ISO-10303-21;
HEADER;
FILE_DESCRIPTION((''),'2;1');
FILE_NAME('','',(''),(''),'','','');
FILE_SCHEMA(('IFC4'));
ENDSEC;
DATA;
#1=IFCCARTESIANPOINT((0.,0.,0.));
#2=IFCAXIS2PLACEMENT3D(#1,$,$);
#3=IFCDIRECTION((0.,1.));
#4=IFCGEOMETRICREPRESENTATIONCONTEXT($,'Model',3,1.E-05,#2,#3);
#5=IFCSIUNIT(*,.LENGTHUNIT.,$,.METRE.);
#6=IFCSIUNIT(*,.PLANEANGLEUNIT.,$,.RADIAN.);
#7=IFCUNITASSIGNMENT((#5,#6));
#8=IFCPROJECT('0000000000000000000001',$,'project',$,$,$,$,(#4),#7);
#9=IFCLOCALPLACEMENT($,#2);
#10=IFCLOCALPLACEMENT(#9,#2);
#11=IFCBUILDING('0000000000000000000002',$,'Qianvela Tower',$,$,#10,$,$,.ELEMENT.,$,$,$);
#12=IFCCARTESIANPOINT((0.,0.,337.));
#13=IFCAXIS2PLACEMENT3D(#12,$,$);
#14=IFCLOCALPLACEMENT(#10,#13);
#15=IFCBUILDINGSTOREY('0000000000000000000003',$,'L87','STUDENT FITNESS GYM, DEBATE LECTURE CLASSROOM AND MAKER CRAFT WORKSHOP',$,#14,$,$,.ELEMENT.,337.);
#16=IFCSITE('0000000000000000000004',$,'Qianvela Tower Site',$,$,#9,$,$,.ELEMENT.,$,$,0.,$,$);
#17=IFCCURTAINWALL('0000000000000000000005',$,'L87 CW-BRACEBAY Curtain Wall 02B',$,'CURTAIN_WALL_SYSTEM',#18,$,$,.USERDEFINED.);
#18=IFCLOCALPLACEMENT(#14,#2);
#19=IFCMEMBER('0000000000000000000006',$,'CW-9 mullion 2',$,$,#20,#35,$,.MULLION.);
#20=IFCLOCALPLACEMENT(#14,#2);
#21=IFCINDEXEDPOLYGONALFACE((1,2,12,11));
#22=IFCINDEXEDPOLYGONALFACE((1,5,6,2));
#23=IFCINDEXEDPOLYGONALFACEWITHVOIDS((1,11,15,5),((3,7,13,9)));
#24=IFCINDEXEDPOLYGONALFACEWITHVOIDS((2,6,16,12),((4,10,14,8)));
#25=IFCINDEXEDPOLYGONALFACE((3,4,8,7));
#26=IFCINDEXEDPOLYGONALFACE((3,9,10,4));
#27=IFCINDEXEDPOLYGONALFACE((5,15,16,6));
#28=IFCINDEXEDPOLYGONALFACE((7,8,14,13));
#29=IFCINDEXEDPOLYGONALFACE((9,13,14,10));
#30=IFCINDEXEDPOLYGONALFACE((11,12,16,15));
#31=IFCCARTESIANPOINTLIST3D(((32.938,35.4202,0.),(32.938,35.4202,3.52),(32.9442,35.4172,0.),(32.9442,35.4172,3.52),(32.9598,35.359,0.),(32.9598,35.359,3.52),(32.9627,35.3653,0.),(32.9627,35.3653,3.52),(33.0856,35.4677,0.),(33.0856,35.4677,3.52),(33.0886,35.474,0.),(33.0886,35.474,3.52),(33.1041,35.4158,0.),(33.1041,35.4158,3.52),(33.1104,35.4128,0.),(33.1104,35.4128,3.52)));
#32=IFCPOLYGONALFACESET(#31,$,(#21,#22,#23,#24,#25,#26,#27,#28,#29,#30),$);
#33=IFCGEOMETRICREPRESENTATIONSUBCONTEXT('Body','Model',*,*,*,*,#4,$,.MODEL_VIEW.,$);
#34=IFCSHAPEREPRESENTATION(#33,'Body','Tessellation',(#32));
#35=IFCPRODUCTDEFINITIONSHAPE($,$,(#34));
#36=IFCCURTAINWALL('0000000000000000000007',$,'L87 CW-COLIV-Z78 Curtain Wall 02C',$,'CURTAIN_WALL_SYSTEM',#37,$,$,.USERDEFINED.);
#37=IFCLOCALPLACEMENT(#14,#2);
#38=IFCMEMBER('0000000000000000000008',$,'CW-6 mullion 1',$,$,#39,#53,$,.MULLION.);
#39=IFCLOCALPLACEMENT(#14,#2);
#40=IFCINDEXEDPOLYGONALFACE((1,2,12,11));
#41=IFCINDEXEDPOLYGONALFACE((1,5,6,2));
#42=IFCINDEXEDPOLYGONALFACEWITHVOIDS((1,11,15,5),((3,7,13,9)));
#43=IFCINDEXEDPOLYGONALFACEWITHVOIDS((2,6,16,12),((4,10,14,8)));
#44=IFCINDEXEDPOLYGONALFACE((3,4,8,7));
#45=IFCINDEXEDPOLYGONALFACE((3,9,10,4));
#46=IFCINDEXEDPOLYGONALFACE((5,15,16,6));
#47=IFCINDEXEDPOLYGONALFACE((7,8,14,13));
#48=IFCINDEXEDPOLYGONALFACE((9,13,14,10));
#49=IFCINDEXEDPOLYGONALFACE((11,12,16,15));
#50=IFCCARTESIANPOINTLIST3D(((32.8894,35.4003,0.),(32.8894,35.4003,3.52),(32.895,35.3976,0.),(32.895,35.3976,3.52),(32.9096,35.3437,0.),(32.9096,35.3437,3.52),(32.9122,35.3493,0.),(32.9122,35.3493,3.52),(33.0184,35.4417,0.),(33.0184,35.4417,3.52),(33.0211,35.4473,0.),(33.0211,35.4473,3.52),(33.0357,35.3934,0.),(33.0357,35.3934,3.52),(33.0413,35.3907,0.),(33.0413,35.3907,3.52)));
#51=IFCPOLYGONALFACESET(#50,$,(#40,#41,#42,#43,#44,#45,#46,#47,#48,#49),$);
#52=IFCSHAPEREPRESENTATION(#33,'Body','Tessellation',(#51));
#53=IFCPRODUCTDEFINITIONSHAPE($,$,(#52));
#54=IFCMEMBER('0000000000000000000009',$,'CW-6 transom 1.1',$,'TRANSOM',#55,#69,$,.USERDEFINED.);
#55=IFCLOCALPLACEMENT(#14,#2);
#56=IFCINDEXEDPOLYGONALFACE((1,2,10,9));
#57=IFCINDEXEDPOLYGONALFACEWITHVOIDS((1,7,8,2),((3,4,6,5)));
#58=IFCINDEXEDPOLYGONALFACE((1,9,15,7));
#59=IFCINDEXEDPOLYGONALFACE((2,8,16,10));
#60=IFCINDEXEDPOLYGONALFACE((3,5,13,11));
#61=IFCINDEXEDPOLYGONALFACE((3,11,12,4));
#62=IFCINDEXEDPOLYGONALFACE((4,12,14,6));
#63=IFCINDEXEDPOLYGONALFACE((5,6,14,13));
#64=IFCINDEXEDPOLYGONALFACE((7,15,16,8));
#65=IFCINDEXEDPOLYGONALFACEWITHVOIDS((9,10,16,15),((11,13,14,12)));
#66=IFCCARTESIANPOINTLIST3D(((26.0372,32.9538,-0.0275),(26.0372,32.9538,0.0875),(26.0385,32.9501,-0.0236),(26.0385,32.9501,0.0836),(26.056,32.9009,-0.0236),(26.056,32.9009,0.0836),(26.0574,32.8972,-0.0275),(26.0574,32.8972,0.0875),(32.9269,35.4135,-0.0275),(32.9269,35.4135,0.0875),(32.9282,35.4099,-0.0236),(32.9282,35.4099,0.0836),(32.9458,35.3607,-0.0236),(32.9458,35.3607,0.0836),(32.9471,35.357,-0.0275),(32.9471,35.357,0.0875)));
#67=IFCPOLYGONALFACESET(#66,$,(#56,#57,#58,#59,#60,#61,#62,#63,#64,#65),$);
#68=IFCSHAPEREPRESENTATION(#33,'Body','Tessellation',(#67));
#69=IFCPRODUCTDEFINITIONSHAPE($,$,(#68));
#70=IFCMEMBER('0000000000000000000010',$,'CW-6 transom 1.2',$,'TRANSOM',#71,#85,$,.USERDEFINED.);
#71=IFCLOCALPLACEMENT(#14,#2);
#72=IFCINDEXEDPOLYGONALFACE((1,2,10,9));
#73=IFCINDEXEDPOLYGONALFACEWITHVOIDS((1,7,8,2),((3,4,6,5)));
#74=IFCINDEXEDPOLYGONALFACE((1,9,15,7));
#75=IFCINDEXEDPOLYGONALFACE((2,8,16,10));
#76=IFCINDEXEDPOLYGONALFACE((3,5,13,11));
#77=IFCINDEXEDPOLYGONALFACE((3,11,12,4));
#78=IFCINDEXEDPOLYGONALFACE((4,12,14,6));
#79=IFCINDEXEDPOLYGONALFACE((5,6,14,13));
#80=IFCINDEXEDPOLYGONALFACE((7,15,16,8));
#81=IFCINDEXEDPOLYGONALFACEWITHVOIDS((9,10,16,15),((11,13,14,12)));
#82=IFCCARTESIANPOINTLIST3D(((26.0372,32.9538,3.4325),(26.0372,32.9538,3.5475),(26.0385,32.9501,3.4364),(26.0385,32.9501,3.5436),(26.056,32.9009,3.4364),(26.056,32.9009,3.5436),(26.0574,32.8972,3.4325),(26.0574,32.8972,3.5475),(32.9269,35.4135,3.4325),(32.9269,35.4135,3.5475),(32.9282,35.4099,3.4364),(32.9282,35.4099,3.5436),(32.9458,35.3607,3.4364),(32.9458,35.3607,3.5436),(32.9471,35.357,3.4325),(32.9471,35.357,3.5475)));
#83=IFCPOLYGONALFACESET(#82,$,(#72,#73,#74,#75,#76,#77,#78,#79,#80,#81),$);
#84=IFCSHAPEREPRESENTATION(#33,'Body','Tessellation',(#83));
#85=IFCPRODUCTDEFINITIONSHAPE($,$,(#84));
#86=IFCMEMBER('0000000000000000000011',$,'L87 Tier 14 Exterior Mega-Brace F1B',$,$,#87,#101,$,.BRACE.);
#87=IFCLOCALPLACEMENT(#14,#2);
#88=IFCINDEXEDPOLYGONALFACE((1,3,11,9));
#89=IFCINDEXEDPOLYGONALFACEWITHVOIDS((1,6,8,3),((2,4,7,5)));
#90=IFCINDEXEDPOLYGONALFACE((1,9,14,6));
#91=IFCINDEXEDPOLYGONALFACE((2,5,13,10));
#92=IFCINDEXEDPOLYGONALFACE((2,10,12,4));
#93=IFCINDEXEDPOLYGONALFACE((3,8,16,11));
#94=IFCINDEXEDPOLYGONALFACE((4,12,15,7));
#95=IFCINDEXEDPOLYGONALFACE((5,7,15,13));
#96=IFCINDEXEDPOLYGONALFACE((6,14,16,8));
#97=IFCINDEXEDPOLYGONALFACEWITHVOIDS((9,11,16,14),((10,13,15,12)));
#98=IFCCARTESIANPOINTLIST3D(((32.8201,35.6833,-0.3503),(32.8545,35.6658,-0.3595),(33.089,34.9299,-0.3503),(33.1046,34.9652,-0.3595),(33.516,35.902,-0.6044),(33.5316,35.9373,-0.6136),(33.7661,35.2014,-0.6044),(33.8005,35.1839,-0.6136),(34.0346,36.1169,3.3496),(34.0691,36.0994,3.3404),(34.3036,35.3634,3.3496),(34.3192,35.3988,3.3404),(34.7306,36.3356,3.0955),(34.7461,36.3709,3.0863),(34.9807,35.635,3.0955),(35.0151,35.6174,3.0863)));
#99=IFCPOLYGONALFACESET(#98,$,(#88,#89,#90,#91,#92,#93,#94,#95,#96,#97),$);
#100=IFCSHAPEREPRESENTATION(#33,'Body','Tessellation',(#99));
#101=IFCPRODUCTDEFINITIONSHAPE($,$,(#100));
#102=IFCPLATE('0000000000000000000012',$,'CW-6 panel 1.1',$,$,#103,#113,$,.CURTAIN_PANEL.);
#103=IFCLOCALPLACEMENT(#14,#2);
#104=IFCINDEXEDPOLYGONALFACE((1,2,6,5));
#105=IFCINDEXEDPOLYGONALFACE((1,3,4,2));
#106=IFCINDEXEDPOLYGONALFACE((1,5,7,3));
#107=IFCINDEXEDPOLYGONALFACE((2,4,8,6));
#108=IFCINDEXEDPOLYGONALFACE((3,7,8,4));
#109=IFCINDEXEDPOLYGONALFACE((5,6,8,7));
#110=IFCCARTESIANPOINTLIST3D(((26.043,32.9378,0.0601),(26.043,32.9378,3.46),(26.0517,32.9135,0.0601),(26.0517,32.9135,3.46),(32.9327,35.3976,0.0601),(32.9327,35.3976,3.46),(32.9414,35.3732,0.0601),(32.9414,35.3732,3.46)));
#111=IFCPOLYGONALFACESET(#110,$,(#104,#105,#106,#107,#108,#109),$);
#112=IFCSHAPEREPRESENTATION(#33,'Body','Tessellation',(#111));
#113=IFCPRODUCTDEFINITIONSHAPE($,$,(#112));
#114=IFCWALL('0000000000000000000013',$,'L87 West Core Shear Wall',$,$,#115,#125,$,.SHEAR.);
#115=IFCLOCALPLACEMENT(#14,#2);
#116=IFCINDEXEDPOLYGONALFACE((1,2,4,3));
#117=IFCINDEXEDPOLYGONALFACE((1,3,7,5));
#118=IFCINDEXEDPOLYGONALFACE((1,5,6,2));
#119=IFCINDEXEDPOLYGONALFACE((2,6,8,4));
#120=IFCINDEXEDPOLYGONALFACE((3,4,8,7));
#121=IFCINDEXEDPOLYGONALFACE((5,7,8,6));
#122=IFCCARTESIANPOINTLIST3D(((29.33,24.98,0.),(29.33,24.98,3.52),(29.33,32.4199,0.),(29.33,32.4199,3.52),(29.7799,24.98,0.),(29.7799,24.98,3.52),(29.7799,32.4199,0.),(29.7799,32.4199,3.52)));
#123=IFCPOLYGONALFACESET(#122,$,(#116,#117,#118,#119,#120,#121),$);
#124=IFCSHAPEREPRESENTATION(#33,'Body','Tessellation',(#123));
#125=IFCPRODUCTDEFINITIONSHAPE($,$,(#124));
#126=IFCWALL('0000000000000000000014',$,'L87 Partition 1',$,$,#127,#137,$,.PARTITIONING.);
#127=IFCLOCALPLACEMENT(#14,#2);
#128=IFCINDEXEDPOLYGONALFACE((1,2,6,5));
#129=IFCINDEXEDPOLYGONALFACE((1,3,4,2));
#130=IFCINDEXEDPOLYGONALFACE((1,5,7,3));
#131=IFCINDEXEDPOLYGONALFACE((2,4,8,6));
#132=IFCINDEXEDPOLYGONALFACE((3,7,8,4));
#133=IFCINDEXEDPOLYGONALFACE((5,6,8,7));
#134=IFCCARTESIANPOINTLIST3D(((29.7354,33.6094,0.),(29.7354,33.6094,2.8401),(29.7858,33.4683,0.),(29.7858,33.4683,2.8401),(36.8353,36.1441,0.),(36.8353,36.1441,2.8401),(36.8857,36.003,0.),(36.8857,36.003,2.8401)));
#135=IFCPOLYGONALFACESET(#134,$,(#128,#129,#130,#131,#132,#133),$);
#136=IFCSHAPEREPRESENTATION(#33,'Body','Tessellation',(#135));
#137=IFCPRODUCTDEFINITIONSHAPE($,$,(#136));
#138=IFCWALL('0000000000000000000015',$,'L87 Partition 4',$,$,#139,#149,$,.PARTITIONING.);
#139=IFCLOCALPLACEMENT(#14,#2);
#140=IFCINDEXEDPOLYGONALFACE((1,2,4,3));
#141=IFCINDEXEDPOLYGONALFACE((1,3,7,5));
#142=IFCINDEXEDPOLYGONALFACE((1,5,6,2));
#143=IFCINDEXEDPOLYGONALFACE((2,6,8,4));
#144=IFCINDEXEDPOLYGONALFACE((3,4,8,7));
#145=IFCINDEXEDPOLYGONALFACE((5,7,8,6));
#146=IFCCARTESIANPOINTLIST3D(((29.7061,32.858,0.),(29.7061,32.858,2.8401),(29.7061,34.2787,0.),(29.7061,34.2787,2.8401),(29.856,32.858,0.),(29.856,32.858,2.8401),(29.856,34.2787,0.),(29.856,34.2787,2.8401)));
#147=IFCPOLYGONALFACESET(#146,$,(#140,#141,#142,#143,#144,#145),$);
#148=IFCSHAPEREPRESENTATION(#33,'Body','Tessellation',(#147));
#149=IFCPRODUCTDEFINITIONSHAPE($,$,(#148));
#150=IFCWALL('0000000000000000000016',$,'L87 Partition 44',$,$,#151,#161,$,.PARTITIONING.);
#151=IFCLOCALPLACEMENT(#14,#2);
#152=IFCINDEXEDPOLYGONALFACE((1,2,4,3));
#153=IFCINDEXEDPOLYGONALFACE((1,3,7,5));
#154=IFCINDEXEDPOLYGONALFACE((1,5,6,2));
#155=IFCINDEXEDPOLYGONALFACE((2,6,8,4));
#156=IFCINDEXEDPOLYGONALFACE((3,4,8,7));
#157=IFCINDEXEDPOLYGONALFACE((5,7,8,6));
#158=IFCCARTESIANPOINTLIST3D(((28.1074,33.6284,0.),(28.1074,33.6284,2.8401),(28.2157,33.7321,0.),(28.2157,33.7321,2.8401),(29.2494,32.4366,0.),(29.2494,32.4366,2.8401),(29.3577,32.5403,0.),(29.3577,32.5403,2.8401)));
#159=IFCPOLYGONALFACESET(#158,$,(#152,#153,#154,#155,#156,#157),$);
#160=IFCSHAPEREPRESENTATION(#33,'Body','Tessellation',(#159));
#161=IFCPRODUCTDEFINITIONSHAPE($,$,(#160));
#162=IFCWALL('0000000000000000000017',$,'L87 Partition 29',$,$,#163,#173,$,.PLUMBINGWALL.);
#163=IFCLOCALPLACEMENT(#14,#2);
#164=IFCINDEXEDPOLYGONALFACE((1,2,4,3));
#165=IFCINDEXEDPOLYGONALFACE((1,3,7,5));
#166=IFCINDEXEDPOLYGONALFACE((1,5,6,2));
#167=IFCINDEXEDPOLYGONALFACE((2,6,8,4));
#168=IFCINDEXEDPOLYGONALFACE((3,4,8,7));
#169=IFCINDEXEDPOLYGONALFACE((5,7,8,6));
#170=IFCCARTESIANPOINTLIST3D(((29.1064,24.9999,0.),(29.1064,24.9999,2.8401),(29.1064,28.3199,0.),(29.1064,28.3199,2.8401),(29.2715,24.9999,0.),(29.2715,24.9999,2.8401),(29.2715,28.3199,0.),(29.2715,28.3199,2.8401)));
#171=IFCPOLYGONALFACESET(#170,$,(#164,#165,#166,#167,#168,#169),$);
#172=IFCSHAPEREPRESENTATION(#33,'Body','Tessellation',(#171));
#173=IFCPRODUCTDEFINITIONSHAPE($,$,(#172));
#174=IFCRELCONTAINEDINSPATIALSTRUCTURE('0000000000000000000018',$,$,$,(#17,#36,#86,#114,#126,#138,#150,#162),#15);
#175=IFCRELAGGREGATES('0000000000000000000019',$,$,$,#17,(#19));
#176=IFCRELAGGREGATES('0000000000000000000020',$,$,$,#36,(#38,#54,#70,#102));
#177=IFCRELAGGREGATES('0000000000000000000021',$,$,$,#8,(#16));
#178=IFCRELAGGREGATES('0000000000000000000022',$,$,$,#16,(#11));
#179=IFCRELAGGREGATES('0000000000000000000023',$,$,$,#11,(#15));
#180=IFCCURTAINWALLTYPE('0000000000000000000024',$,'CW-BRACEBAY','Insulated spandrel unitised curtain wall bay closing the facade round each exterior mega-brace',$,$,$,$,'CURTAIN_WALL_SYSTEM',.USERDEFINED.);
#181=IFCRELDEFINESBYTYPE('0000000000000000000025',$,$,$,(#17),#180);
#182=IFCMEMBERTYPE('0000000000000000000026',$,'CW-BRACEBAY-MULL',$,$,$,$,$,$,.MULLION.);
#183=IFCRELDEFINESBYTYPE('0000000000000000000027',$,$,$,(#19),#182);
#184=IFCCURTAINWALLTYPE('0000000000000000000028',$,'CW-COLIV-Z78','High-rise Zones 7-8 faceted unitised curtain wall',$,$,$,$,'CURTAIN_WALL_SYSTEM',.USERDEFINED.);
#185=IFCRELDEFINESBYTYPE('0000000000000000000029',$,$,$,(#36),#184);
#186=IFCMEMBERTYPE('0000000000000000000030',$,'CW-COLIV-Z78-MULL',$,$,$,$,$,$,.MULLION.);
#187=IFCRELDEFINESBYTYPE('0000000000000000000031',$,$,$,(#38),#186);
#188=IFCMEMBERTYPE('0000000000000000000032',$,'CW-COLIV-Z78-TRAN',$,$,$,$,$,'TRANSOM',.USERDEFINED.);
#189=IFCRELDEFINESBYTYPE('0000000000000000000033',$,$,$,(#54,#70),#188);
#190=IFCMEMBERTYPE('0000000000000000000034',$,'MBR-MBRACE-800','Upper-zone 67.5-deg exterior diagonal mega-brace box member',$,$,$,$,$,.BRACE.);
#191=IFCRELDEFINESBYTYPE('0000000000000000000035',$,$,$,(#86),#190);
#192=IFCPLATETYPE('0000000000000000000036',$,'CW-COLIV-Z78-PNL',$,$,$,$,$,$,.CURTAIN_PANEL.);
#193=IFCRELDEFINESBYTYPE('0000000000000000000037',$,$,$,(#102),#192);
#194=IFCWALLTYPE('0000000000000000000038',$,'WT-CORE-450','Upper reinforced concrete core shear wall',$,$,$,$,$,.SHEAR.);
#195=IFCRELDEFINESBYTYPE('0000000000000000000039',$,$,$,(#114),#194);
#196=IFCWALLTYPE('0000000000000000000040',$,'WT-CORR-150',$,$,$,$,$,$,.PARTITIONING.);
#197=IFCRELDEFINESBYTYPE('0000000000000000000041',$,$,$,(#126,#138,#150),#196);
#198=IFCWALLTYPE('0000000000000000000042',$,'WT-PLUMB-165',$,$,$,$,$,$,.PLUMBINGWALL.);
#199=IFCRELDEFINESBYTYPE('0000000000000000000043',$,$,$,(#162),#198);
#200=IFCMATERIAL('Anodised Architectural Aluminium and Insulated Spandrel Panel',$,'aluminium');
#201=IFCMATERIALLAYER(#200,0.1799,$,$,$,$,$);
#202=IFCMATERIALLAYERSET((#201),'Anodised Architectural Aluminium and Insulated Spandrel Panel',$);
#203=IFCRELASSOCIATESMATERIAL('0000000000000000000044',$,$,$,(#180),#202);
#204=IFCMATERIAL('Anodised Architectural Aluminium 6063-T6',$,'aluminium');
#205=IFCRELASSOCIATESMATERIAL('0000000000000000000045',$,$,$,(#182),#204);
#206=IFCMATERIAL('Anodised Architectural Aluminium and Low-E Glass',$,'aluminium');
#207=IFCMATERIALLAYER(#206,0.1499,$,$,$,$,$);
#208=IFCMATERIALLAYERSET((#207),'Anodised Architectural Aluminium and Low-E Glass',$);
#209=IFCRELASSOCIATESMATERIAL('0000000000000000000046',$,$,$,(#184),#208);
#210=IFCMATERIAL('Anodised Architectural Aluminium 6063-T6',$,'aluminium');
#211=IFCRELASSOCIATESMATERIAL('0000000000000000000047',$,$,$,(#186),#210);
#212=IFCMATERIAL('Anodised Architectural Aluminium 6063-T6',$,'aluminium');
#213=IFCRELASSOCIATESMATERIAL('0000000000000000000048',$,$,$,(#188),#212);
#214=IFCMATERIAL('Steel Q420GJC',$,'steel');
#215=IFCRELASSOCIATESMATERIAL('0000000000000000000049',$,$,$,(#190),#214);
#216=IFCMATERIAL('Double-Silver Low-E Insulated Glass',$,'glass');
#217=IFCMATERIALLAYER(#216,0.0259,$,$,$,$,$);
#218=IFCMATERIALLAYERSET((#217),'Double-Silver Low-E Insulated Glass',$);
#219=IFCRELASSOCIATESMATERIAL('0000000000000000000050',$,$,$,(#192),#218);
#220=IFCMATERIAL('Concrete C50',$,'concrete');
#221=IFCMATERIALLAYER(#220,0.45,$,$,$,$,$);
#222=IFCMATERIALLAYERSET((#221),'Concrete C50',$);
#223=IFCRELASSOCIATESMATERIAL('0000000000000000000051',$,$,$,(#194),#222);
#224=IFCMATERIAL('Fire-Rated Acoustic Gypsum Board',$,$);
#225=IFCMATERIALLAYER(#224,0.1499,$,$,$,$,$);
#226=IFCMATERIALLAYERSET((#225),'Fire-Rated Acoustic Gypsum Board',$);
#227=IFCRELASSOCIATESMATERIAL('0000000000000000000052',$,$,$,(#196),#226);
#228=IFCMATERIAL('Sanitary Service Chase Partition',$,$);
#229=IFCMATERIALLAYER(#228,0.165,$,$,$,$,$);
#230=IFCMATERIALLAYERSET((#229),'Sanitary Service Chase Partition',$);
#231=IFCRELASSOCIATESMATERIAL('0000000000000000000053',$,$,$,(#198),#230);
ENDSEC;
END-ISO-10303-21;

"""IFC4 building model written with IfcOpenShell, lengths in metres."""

from ifc_helpers import new_model, si_unit, direction, frame, frame_2d, origin, origin_2d, place, context, subcontext, project, spatial, rectangle, hollow_rectangle, extrude, material, layer, layer_set, material_profile, profile_set, type_object, element, aggregate, save


model = new_model("IFC4")

# Units and contexts
model_context = context("Model", 3, precision=1e-05, world=origin(), true_north=direction((0.0, 1.0)))
body_context = subcontext(model_context, "Body", "Model", "MODEL_VIEW")
ifc_project = project(units=[si_unit("LENGTHUNIT", "METRE"), si_unit("PLANEANGLEUNIT", "RADIAN")], contexts=[model_context])

# Site, building, storey
site_placement = place(None, origin())
site = spatial("IfcSite", under=ifc_project, at=site_placement, Name="Qianvela Tower Site", CompositionType="ELEMENT", RefElevation=0.0)
building_placement = place(site_placement, origin())
building = spatial("IfcBuilding", under=site, at=building_placement, Name="Qianvela Tower", CompositionType="ELEMENT")
storey_placement = place(building_placement, frame((0.0, 0.0, 337.0)))
storey = spatial("IfcBuildingStorey", under=building, at=storey_placement, Name="L87", Description="STUDENT FITNESS GYM, DEBATE LECTURE CLASSROOM AND MAKER CRAFT WORKSHOP", CompositionType="ELEMENT", Elevation=337.0)

# Curtain wall, member
ifc_material_1 = material(Name="Anodised Architectural Aluminium and Insulated Spandrel Panel", Category="aluminium")
ifc_layer_1 = layer(ifc_material_1, 0.1799)
ifc_layer_set_1 = layer_set([ifc_layer_1], Name="Anodised Architectural Aluminium and Insulated Spandrel Panel")
curtain_wall_type_1 = type_object("IfcCurtainWallType", Name="CW-BRACEBAY", Description="Insulated spandrel unitised curtain wall bay closing the facade round each exterior mega-brace", ElementType="CURTAIN_WALL_SYSTEM", PredefinedType="USERDEFINED", material=ifc_layer_set_1)
curtain_wall_1_placement = place(storey_placement, origin())
curtain_wall_1 = element("IfcCurtainWall", 1, at=curtain_wall_1_placement, inside=storey, type_object=curtain_wall_type_1, Name="L87 CW-BRACEBAY Curtain Wall 02B", ObjectType="CURTAIN_WALL_SYSTEM", PredefinedType="USERDEFINED")
ifc_material_2 = material(Name="Anodised Architectural Aluminium 6063-T6", Category="aluminium")
ifc_material_profile_1 = material_profile(ifc_material_2, hollow_rectangle(XDim=0.0649, YDim=0.1599, WallThickness=0.0049, at=origin_2d()), Name="ALU-MULL-65x160")
ifc_profile_set_1 = profile_set([ifc_material_profile_1], Name="Anodised Architectural Aluminium 6063-T6")
member_type_1 = type_object("IfcMemberType", Name="CW-BRACEBAY-MULL", PredefinedType="MULLION", material=ifc_profile_set_1)
member_1_placement = place(storey_placement, frame((33.0242, 35.4165, 0.0), z_axis=(0.0, 0.0, 1.0), x_axis=(0.336221, -0.941783, 0.0)))
member_1 = element("IfcMember", 2, at=member_1_placement, type_object=member_type_1, Name="CW-9 mullion 2", PredefinedType="MULLION", context=body_context, shape_type="SweptSolid", body=[
    extrude(hollow_rectangle(XDim=0.0649, YDim=0.1599, WallThickness=0.0049, at=origin_2d()), origin(), (0.0, 0.0, 1.0), 3.52),
])
aggregate(curtain_wall_1, [member_1])

# Curtain wall, members
ifc_material_3 = material(Name="Anodised Architectural Aluminium and Low-E Glass", Category="aluminium")
ifc_layer_2 = layer(ifc_material_3, 0.1499)
ifc_layer_set_2 = layer_set([ifc_layer_2], Name="Anodised Architectural Aluminium and Low-E Glass")
curtain_wall_type_2 = type_object("IfcCurtainWallType", Name="CW-COLIV-Z78", Description="High-rise Zones 7-8 faceted unitised curtain wall", ElementType="CURTAIN_WALL_SYSTEM", PredefinedType="USERDEFINED", material=ifc_layer_set_2)
curtain_wall_2_placement = place(storey_placement, origin())
curtain_wall_2 = element("IfcCurtainWall", 3, at=curtain_wall_2_placement, inside=storey, type_object=curtain_wall_type_2, Name="L87 CW-COLIV-Z78 Curtain Wall 02C", ObjectType="CURTAIN_WALL_SYSTEM", PredefinedType="USERDEFINED")
ifc_material_4 = material(Name="Anodised Architectural Aluminium 6063-T6", Category="aluminium")
ifc_material_profile_2 = material_profile(ifc_material_4, hollow_rectangle(XDim=0.0601, YDim=0.1399, WallThickness=0.0044, at=origin_2d()), Name="ALU-MULL-60x140")
ifc_profile_set_2 = profile_set([ifc_material_profile_2], Name="Anodised Architectural Aluminium 6063-T6")
member_type_2 = type_object("IfcMemberType", Name="CW-COLIV-Z78-MULL", PredefinedType="MULLION", material=ifc_profile_set_2)
member_2_placement = place(storey_placement, frame((32.9653, 35.3955, 0.0), z_axis=(0.0, 0.0, 1.0), x_axis=(0.336229, -0.94178, 0.0)))
member_2 = element("IfcMember", 4, at=member_2_placement, type_object=member_type_2, Name="CW-6 mullion 1", PredefinedType="MULLION", context=body_context, shape_type="SweptSolid", body=[
    extrude(hollow_rectangle(XDim=0.0601, YDim=0.1399, WallThickness=0.0044, at=origin_2d()), origin(), (0.0, 0.0, 1.0), 3.52),
])
ifc_material_5 = material(Name="Anodised Architectural Aluminium 6063-T6", Category="aluminium")
ifc_material_profile_3 = material_profile(ifc_material_5, hollow_rectangle(XDim=0.0601, YDim=0.115, WallThickness=0.0039, at=origin_2d()), Name="ALU-TRAN-60x115")
ifc_profile_set_3 = profile_set([ifc_material_profile_3], Name="Anodised Architectural Aluminium 6063-T6")
member_type_3 = type_object("IfcMemberType", Name="CW-COLIV-Z78-TRAN", ElementType="TRANSOM", PredefinedType="USERDEFINED", material=ifc_profile_set_3)
member_3_placement = place(storey_placement, frame((32.937, 35.3853, 0.03), z_axis=(-0.94178, -0.336231, 0.0), x_axis=(0.336231, -0.94178, 0.0)))
member_3 = element("IfcMember", 5, at=member_3_placement, type_object=member_type_3, Name="CW-6 transom 1.1", ObjectType="TRANSOM", PredefinedType="USERDEFINED", context=body_context, shape_type="SweptSolid", body=[
    extrude(hollow_rectangle(XDim=0.0601, YDim=0.115, WallThickness=0.0039, at=origin_2d()), origin(), (0.0, 0.0, 1.0), 7.3157),
])
member_4_placement = place(storey_placement, frame((32.937, 35.3853, 3.49), z_axis=(-0.94178, -0.336231, 0.0), x_axis=(0.336231, -0.94178, 0.0)))
member_4 = element("IfcMember", 6, at=member_4_placement, type_object=member_type_3, Name="CW-6 transom 1.2", ObjectType="TRANSOM", PredefinedType="USERDEFINED", context=body_context, shape_type="SweptSolid", body=[
    extrude(hollow_rectangle(XDim=0.0601, YDim=0.115, WallThickness=0.0039, at=origin_2d()), origin(), (0.0, 0.0, 1.0), 7.3157),
])

# Member
ifc_material_6 = material(Name="Steel Q420GJC", Category="steel")
ifc_material_profile_4 = material_profile(ifc_material_6, hollow_rectangle(XDim=0.8, YDim=0.8, WallThickness=0.0281, at=origin_2d()), Name="MBOX-800x800x28")
ifc_profile_set_4 = profile_set([ifc_material_profile_4], Name="Steel Q420GJC")
member_type_4 = type_object("IfcMemberType", Name="MBR-MBRACE-800", Description="Upper-zone 67.5-deg exterior diagonal mega-brace box member", PredefinedType="BRACE", material=ifc_profile_set_4)
member_5_placement = place(storey_placement, frame((33.3103, 35.4336, -0.4819), z_axis=(0.309983, 0.110659, 0.94428), x_axis=(-0.336204, 0.941789, 0.0)))
element("IfcMember", 7, at=member_5_placement, inside=storey, type_object=member_type_4, Name="L87 Tier 14 Exterior Mega-Brace F1B", PredefinedType="BRACE", context=body_context, shape_type="SweptSolid", body=[
    extrude(hollow_rectangle(XDim=0.8, YDim=0.8, WallThickness=0.0281, at=origin_2d()), origin(), (0.0, 0.0, 1.0), 3.9182),
])

# Plate
ifc_material_7 = material(Name="Double-Silver Low-E Insulated Glass", Category="glass")
ifc_layer_3 = layer(ifc_material_7, 0.0259)
ifc_layer_set_3 = layer_set([ifc_layer_3], Name="Double-Silver Low-E Insulated Glass")
plate_type = type_object("IfcPlateType", Name="CW-COLIV-Z78-PNL", PredefinedType="CURTAIN_PANEL", material=ifc_layer_set_3)
plate_placement = place(storey_placement, frame((29.4922, 34.1555, 0.0601), z_axis=(0.0, 0.0, 1.0), x_axis=(-0.94178, -0.336229, 0.0)))
plate = element("IfcPlate", 8, at=plate_placement, type_object=plate_type, Name="CW-6 panel 1.1", PredefinedType="CURTAIN_PANEL", context=body_context, shape_type="SweptSolid", body=[
    extrude(rectangle(XDim=7.3157, YDim=0.0259, at=origin_2d()), origin(), (0.0, 0.0, 1.0), 3.3999),
])
aggregate(curtain_wall_2, [member_2, member_3, member_4, plate])

# Shared definitions
ifc_material_8 = material(Name="Concrete C50", Category="concrete")
ifc_layer_4 = layer(ifc_material_8, 0.45)
ifc_layer_set_4 = layer_set([ifc_layer_4], Name="Concrete C50")
wall_type_1 = type_object("IfcWallType", Name="WT-CORE-450", Description="Upper reinforced concrete core shear wall", PredefinedType="SHEAR", material=ifc_layer_set_4)

# Walls
wall_1_placement = place(storey_placement, frame((29.5549, 24.98, 0.0), z_axis=(0.0, 0.0, 1.0), x_axis=(0.0, 1.0, 0.0)))
element("IfcWall", 9, at=wall_1_placement, inside=storey, type_object=wall_type_1, Name="L87 West Core Shear Wall", PredefinedType="SHEAR", context=body_context, shape_type="SweptSolid", body=[
    extrude(rectangle(XDim=7.4399, YDim=0.45, at=frame_2d((3.72, 0.0))), origin(), (0.0, 0.0, 1.0), 3.52),
])
ifc_material_9 = material(Name="Fire-Rated Acoustic Gypsum Board")
ifc_layer_5 = layer(ifc_material_9, 0.1499)
ifc_layer_set_5 = layer_set([ifc_layer_5], Name="Fire-Rated Acoustic Gypsum Board")
wall_type_2 = type_object("IfcWallType", Name="WT-CORR-150", PredefinedType="PARTITIONING", material=ifc_layer_set_5)
wall_2_placement = place(storey_placement, frame((29.7605, 33.5388, 0.0), z_axis=(0.0, 0.0, 1.0), x_axis=(0.941784, 0.336219, 0.0)))
element("IfcWall", 10, at=wall_2_placement, inside=storey, type_object=wall_type_2, Name="L87 Partition 1", PredefinedType="PARTITIONING", context=body_context, shape_type="SweptSolid", body=[
    extrude(rectangle(XDim=7.5388, YDim=0.1499, at=frame_2d((3.7695, 0.0))), origin(), (0.0, 0.0, 1.0), 2.8401),
])
wall_3_placement = place(storey_placement, frame((29.781, 32.8579, 0.0), z_axis=(0.0, 0.0, 1.0), x_axis=(0.0, 1.0, 0.0)))
element("IfcWall", 11, at=wall_3_placement, inside=storey, type_object=wall_type_2, Name="L87 Partition 4", PredefinedType="PARTITIONING", context=body_context, shape_type="SweptSolid", body=[
    extrude(rectangle(XDim=1.4207, YDim=0.1499, at=frame_2d((0.7104, 0.0))), origin(), (0.0, 0.0, 1.0), 2.8401),
])
wall_4_placement = place(storey_placement, frame((29.3035, 32.4885, 0.0), z_axis=(0.0, 0.0, 1.0), x_axis=(-0.69186, 0.722031, 0.0)))
element("IfcWall", 12, at=wall_4_placement, inside=storey, type_object=wall_type_2, Name="L87 Partition 44", PredefinedType="PARTITIONING", context=body_context, shape_type="SweptSolid", body=[
    extrude(rectangle(XDim=1.6506, YDim=0.1499, at=frame_2d((0.8252, 0.0))), origin(), (0.0, 0.0, 1.0), 2.8401),
])
ifc_material_10 = material(Name="Sanitary Service Chase Partition")
ifc_layer_6 = layer(ifc_material_10, 0.165)
ifc_layer_set_6 = layer_set([ifc_layer_6], Name="Sanitary Service Chase Partition")
wall_type_3 = type_object("IfcWallType", Name="WT-PLUMB-165", PredefinedType="PLUMBINGWALL", material=ifc_layer_set_6)
wall_5_placement = place(storey_placement, frame((29.189, 28.3201, 0.0), z_axis=(0.0, 0.0, 1.0), x_axis=(0.0, -1.0, 0.0)))
element("IfcWall", 13, at=wall_5_placement, inside=storey, type_object=wall_type_3, Name="L87 Partition 29", PredefinedType="PLUMBINGWALL", context=body_context, shape_type="SweptSolid", body=[
    extrude(rectangle(XDim=3.3201, YDim=0.165, at=frame_2d((1.6602, 0.0))), origin(), (0.0, 0.0, 1.0), 2.8401),
])

save(model, "model.ifc")
